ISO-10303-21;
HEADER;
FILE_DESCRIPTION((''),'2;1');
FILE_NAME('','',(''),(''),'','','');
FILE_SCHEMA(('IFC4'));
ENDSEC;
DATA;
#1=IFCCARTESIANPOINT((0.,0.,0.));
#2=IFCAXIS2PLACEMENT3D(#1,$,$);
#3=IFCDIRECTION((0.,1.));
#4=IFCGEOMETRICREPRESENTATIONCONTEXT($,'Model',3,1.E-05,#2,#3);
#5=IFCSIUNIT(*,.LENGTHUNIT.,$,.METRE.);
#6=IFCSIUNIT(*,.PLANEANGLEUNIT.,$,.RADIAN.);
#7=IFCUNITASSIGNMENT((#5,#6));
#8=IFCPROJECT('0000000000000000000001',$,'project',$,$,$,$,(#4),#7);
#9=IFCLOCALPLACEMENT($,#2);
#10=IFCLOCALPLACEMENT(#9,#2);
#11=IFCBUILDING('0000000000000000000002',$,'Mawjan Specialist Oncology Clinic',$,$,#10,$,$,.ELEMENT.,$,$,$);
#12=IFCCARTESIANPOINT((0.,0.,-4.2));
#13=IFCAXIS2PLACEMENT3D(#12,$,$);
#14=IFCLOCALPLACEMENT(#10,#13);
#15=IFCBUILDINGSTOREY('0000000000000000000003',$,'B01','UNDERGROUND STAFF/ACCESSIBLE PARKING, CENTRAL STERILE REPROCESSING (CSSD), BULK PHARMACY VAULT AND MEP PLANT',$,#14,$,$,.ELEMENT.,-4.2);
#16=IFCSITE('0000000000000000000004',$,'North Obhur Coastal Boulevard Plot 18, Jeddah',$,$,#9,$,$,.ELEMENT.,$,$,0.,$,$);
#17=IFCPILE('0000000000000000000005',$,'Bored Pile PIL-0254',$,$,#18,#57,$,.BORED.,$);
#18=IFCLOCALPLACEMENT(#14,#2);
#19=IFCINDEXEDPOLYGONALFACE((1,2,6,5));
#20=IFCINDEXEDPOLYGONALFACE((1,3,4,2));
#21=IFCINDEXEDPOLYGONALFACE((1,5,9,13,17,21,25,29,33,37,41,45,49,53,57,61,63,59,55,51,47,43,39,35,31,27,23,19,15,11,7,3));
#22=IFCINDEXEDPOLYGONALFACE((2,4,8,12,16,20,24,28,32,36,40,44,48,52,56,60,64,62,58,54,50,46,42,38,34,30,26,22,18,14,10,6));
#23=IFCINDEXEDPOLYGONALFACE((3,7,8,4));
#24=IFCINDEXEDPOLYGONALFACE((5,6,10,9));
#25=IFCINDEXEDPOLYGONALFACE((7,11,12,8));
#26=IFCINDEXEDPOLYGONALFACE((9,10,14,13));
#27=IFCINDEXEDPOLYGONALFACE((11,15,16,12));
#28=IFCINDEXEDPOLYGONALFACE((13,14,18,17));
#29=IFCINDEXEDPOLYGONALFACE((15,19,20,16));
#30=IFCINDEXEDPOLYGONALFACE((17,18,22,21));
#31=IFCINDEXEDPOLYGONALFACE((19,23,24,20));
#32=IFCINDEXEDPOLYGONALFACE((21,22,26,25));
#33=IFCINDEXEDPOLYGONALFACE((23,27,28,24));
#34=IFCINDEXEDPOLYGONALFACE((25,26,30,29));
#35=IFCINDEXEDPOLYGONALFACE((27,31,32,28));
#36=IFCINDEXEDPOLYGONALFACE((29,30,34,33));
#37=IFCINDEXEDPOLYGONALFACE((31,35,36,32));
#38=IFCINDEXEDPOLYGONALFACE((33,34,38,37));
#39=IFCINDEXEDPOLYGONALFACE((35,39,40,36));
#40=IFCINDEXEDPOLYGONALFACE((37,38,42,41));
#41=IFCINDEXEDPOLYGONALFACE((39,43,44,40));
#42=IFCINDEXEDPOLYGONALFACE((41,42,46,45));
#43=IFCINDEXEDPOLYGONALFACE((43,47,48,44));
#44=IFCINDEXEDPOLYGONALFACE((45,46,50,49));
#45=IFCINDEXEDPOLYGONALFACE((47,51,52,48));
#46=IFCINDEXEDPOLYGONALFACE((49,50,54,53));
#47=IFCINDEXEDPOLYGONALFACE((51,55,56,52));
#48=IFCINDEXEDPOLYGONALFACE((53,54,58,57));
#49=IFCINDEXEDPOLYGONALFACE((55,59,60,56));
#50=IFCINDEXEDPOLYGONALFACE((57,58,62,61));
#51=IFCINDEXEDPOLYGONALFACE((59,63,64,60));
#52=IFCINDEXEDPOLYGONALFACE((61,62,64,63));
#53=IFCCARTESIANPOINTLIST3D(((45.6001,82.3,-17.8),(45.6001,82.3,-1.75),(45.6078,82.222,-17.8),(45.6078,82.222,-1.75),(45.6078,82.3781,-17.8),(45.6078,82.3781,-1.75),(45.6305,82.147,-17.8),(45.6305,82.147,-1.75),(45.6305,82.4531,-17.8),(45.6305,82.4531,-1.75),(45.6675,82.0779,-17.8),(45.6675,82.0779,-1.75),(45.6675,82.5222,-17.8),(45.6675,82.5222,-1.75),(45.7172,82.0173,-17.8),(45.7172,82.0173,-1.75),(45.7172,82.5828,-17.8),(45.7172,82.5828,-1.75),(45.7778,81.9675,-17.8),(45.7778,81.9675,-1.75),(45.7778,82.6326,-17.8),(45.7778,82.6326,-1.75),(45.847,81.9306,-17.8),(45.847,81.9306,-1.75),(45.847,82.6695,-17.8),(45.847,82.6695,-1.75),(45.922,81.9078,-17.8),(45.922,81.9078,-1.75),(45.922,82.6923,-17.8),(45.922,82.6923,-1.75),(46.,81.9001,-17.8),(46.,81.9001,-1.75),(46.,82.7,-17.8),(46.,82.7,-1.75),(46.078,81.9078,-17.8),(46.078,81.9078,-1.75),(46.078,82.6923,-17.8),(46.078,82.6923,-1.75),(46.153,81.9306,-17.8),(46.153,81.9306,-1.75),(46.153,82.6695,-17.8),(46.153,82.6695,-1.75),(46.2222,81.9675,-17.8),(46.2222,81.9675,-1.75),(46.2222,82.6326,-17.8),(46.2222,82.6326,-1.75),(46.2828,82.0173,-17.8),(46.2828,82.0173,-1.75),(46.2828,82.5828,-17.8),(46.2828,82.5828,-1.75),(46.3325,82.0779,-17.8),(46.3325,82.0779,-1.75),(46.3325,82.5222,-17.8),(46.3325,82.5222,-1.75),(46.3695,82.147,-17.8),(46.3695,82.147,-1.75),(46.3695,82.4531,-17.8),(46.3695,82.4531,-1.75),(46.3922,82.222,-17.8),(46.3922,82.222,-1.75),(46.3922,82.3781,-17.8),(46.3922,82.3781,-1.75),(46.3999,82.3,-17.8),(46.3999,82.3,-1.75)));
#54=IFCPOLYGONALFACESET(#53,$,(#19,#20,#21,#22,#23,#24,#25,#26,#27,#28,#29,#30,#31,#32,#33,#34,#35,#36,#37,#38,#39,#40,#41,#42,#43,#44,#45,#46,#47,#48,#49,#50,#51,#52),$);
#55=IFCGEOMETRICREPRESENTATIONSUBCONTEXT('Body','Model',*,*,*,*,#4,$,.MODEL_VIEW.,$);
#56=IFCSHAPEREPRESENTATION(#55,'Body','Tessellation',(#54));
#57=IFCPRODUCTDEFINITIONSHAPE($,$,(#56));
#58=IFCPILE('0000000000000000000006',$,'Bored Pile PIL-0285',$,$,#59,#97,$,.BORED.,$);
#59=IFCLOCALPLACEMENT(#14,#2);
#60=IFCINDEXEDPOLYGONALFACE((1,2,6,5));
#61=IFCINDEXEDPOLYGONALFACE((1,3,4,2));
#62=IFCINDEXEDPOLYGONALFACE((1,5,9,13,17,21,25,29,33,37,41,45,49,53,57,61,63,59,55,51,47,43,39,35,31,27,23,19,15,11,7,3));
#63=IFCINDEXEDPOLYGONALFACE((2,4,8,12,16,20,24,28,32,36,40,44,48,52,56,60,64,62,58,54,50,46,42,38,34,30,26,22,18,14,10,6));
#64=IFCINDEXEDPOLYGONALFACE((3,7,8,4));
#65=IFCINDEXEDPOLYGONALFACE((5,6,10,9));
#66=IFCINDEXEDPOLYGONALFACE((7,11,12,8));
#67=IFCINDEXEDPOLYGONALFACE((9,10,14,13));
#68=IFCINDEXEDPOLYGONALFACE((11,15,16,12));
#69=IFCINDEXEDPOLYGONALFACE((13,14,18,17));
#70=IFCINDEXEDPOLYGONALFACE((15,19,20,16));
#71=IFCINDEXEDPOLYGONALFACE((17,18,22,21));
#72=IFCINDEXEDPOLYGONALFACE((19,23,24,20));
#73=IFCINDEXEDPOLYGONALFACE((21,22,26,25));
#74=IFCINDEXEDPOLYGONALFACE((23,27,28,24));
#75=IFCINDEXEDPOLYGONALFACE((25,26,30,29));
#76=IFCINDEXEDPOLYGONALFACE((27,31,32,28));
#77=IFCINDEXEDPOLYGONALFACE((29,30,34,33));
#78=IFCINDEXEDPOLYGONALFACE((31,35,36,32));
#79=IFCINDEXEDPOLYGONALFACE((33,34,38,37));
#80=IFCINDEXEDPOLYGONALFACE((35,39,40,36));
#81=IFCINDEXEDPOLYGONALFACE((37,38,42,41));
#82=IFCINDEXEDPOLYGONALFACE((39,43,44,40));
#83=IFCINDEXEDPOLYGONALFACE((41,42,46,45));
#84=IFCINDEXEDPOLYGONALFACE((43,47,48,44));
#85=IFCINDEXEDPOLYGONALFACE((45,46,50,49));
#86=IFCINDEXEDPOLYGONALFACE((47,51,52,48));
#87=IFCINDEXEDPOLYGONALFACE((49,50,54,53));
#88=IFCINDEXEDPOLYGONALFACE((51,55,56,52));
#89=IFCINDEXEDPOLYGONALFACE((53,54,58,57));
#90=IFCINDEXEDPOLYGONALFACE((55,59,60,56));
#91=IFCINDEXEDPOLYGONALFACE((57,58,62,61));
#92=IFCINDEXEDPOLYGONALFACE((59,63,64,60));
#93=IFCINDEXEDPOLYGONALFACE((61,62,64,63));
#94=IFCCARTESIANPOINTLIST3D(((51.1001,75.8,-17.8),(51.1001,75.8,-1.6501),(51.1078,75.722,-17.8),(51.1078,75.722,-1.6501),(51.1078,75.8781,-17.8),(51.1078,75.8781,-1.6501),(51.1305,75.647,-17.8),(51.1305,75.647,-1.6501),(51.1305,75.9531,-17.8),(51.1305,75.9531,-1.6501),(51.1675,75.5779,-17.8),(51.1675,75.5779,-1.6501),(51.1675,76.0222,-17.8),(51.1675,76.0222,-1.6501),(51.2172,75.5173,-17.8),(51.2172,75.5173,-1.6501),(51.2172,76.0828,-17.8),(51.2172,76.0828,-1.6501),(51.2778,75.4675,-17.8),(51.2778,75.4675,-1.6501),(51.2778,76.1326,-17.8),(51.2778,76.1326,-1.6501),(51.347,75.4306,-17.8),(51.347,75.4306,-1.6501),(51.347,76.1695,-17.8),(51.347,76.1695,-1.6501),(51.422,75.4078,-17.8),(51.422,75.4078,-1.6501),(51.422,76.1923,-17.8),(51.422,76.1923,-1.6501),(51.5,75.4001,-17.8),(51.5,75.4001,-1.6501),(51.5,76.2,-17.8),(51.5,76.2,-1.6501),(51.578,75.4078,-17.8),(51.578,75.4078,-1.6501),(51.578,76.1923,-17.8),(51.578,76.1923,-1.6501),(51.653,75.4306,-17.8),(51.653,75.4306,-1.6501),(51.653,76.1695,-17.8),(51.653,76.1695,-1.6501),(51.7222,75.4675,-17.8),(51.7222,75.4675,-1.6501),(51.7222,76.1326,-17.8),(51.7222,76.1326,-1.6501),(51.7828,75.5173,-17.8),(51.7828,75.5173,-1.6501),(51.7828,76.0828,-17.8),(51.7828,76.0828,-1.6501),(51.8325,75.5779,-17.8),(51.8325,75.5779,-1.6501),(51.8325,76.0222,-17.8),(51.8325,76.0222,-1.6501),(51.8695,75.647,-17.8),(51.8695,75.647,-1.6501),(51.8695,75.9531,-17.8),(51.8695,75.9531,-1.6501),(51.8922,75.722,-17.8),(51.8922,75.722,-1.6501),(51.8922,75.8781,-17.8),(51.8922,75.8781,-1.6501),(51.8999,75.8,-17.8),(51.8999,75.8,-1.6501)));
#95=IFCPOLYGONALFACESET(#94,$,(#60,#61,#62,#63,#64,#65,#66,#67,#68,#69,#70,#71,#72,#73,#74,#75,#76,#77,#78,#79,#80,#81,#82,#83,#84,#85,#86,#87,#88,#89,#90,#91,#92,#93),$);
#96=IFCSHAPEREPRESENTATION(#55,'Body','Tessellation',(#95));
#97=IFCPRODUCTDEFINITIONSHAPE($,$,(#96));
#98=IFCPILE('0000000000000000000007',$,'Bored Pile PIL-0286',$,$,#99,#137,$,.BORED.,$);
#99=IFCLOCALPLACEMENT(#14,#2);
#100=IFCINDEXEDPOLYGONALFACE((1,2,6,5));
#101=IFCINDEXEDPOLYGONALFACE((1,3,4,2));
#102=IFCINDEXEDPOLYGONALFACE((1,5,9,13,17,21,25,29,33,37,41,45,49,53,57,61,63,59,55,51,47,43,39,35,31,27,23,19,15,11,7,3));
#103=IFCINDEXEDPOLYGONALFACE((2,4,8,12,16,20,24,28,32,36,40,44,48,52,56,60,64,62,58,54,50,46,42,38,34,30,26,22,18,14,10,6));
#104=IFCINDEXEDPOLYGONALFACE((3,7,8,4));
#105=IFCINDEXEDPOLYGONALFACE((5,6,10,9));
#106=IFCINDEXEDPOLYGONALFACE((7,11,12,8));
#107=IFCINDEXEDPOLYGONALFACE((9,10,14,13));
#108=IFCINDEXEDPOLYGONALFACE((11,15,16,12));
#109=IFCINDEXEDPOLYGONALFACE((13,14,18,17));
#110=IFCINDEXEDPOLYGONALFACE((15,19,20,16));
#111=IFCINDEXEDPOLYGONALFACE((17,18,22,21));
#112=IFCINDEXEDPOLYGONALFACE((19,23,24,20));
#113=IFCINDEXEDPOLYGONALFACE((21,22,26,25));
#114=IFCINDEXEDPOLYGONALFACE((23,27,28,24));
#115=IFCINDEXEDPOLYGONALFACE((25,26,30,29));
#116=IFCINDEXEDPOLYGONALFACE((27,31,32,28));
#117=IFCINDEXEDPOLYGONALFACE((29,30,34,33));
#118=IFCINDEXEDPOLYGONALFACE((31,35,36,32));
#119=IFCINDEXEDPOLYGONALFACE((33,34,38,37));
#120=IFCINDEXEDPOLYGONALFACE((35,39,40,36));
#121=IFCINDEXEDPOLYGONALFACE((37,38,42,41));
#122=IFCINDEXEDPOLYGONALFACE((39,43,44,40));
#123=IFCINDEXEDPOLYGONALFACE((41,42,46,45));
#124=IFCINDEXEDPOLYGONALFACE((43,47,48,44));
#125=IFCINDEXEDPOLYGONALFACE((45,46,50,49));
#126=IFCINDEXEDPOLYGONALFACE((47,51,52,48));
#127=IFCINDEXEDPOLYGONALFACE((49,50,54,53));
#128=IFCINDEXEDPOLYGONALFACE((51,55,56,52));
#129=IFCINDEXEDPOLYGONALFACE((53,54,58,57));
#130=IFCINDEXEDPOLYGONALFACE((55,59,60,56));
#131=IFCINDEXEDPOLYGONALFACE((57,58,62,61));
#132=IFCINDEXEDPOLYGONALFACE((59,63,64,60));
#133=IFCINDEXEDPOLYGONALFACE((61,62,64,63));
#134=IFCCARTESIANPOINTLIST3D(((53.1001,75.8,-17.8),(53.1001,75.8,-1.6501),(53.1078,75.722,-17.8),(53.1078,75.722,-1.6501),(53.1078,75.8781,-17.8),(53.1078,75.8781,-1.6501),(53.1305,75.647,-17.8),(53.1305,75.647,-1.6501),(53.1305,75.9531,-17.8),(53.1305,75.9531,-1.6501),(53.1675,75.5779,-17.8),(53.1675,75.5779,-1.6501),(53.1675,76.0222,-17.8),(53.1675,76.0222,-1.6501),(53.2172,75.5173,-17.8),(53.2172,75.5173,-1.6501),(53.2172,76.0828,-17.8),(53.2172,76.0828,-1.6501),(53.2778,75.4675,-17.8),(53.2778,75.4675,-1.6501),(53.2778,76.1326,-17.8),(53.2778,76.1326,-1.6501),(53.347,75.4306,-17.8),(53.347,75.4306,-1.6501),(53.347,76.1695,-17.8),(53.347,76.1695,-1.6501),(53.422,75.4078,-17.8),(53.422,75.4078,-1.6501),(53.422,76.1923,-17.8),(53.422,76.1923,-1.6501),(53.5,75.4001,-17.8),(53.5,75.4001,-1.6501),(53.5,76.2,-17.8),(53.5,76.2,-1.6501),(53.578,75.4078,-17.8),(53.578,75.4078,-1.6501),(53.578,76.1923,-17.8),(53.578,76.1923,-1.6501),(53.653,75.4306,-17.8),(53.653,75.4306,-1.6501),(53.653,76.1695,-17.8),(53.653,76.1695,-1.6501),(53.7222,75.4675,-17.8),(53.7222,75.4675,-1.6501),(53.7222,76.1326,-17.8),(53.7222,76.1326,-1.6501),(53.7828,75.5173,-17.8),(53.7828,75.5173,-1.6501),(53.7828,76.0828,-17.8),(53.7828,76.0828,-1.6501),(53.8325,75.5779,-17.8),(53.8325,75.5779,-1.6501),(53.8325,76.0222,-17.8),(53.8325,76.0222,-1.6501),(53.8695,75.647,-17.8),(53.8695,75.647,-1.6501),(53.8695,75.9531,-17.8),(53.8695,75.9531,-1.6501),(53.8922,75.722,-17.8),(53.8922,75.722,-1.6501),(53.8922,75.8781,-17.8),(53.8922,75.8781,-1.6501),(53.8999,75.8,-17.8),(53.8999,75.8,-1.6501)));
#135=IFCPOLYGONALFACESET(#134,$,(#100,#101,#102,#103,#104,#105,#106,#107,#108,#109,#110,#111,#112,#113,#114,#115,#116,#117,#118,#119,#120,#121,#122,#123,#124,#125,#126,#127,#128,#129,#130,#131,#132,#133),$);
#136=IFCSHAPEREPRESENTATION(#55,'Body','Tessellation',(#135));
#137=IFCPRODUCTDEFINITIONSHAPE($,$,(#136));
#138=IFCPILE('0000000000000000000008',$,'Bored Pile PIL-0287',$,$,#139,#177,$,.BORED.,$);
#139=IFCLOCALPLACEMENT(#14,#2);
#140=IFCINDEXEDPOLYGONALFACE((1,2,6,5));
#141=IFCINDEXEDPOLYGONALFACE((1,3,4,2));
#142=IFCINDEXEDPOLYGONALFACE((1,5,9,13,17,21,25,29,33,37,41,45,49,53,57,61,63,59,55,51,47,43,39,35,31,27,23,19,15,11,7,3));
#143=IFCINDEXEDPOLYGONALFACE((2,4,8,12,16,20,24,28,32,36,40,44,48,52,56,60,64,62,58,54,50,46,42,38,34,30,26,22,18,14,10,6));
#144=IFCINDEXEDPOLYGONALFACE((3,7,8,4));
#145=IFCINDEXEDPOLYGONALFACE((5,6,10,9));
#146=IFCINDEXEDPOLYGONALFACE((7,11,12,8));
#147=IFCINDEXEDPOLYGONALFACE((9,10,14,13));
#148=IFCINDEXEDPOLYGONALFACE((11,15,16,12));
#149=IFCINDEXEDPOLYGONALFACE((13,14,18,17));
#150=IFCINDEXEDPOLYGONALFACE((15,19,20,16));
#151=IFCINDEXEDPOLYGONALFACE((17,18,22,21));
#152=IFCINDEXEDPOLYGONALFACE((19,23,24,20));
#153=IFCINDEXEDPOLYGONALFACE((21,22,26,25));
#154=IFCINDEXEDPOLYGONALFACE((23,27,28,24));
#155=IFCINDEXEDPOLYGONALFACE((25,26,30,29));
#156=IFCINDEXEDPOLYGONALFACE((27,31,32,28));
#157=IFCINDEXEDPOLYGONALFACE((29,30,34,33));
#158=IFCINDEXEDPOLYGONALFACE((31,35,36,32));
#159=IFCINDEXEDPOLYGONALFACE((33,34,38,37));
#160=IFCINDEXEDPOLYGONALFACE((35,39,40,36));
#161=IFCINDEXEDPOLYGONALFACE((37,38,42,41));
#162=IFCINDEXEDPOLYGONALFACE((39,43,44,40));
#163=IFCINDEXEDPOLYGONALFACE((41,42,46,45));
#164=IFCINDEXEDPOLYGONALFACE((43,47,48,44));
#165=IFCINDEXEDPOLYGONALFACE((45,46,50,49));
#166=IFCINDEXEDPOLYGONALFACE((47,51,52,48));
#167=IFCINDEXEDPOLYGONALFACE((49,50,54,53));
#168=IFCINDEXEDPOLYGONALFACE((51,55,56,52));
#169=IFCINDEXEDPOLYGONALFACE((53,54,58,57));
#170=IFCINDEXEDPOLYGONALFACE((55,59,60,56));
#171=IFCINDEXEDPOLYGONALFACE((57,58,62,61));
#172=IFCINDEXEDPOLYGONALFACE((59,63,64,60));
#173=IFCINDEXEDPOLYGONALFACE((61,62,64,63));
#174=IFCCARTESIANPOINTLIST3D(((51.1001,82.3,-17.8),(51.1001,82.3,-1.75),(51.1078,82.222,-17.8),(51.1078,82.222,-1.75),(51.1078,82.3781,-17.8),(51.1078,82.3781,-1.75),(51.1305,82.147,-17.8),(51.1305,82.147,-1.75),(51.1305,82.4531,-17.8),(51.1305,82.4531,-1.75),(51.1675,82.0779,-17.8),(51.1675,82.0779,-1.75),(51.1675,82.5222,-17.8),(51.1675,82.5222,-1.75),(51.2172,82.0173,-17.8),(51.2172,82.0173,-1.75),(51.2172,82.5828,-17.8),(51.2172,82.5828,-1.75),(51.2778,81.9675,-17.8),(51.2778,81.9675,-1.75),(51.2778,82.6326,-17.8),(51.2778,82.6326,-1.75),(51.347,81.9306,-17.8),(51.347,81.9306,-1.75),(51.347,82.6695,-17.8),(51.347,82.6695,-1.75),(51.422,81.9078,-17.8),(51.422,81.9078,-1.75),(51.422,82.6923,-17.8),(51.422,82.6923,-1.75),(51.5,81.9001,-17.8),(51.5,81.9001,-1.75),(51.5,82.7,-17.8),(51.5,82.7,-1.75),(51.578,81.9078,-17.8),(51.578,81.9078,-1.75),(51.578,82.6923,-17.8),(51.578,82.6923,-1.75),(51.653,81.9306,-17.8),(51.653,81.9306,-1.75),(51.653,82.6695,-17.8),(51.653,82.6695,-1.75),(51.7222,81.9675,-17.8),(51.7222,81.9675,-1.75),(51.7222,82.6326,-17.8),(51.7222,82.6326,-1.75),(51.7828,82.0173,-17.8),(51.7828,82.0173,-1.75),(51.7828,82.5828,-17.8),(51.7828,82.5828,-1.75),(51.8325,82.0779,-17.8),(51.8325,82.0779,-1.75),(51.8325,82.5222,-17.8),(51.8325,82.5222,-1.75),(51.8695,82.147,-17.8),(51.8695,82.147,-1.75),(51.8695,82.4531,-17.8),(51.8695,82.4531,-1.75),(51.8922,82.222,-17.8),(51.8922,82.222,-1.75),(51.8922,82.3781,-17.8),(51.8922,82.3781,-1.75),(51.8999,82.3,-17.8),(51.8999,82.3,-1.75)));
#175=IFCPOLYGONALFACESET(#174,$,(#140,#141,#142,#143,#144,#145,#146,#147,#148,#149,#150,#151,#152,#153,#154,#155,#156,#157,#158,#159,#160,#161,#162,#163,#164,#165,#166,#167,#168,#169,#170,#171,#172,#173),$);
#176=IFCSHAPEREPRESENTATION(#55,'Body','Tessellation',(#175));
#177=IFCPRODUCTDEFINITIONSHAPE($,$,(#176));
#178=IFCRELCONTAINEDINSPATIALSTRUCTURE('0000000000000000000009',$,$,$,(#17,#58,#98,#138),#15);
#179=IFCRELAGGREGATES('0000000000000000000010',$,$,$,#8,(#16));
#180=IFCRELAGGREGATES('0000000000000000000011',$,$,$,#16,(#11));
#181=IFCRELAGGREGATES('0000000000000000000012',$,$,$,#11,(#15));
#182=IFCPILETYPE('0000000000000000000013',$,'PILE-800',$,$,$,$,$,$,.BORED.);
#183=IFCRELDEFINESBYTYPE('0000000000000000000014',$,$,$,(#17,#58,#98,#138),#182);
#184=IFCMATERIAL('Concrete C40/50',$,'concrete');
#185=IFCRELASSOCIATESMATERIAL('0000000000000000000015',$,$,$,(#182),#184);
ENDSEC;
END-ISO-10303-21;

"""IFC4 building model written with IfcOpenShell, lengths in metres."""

from ifc_helpers import new_model, si_unit, direction, frame, origin, origin_2d, place, context, subcontext, project, spatial, circle, extrude, material, material_profile, profile_set, type_object, element, save


model = new_model("IFC4")

# Units and contexts
model_context = context("Model", 3, precision=1e-05, world=origin(), true_north=direction((0.0, 1.0)))
body_context = subcontext(model_context, "Body", "Model", "MODEL_VIEW")
ifc_project = project(units=[si_unit("LENGTHUNIT", "METRE"), si_unit("PLANEANGLEUNIT", "RADIAN")], contexts=[model_context])

# Site, building, storey
site_placement = place(None, origin())
site = spatial("IfcSite", under=ifc_project, at=site_placement, Name="North Obhur Coastal Boulevard Plot 18, Jeddah", CompositionType="ELEMENT", RefElevation=0.0)
building_placement = place(site_placement, origin())
building = spatial("IfcBuilding", under=site, at=building_placement, Name="Mawjan Specialist Oncology Clinic", CompositionType="ELEMENT")
storey_placement = place(building_placement, frame((0.0, 0.0, -4.2)))
storey = spatial("IfcBuildingStorey", under=building, at=storey_placement, Name="B01", Description="UNDERGROUND STAFF/ACCESSIBLE PARKING, CENTRAL STERILE REPROCESSING (CSSD), BULK PHARMACY VAULT AND MEP PLANT", CompositionType="ELEMENT", Elevation=-4.2)

# Piles
ifc_material_1 = material(Name="Concrete C40/50", Category="concrete")
ifc_material_profile_1 = material_profile(ifc_material_1, circle(Radius=0.3999, at=origin_2d()), Name="BORED PILE D800", Category="concrete")
ifc_profile_set_1 = profile_set([ifc_material_profile_1], Name="Concrete C40/50")
pile_type_1 = type_object("IfcPileType", Name="PILE-800", PredefinedType="BORED", material=ifc_profile_set_1)
for number, where, z_axis, x_axis, name in (
    (1, (46.0, 82.3, -1.75), (0.0, 0.0, -1.0), (1.0, 0.0, 0.0), "Bored Pile PIL-0254"),
):
    element("IfcPile", number, at=place(storey_placement, frame(where, z_axis=z_axis, x_axis=x_axis)), inside=storey, type_object=pile_type_1, Name=name, PredefinedType="BORED", context=body_context, shape_type="SweptSolid", body=[
        extrude(circle(Radius=0.3999, at=origin_2d()), origin(), (0.0, 0.0, 1.0), 16.05),
    ])
for number, where, z_axis, x_axis, name in (
    (2, (51.5, 75.8, -1.6501), (0.0, 0.0, -1.0), (1.0, 0.0, 0.0), "Bored Pile PIL-0285"),
    (3, (53.5, 75.8, -1.6501), (0.0, 0.0, -1.0), (1.0, 0.0, 0.0), "Bored Pile PIL-0286"),
):
    element("IfcPile", number, at=place(storey_placement, frame(where, z_axis=z_axis, x_axis=x_axis)), inside=storey, type_object=pile_type_1, Name=name, PredefinedType="BORED", context=body_context, shape_type="SweptSolid", body=[
        extrude(circle(Radius=0.3999, at=origin_2d()), origin(), (0.0, 0.0, 1.0), 16.1499),
    ])
for number, where, z_axis, x_axis, name in (
    (4, (51.5, 82.3, -1.75), (0.0, 0.0, -1.0), (1.0, 0.0, 0.0), "Bored Pile PIL-0287"),
):
    element("IfcPile", number, at=place(storey_placement, frame(where, z_axis=z_axis, x_axis=x_axis)), inside=storey, type_object=pile_type_1, Name=name, PredefinedType="BORED", context=body_context, shape_type="SweptSolid", body=[
        extrude(circle(Radius=0.3999, at=origin_2d()), origin(), (0.0, 0.0, 1.0), 16.05),
    ])

save(model, "model.ifc")
